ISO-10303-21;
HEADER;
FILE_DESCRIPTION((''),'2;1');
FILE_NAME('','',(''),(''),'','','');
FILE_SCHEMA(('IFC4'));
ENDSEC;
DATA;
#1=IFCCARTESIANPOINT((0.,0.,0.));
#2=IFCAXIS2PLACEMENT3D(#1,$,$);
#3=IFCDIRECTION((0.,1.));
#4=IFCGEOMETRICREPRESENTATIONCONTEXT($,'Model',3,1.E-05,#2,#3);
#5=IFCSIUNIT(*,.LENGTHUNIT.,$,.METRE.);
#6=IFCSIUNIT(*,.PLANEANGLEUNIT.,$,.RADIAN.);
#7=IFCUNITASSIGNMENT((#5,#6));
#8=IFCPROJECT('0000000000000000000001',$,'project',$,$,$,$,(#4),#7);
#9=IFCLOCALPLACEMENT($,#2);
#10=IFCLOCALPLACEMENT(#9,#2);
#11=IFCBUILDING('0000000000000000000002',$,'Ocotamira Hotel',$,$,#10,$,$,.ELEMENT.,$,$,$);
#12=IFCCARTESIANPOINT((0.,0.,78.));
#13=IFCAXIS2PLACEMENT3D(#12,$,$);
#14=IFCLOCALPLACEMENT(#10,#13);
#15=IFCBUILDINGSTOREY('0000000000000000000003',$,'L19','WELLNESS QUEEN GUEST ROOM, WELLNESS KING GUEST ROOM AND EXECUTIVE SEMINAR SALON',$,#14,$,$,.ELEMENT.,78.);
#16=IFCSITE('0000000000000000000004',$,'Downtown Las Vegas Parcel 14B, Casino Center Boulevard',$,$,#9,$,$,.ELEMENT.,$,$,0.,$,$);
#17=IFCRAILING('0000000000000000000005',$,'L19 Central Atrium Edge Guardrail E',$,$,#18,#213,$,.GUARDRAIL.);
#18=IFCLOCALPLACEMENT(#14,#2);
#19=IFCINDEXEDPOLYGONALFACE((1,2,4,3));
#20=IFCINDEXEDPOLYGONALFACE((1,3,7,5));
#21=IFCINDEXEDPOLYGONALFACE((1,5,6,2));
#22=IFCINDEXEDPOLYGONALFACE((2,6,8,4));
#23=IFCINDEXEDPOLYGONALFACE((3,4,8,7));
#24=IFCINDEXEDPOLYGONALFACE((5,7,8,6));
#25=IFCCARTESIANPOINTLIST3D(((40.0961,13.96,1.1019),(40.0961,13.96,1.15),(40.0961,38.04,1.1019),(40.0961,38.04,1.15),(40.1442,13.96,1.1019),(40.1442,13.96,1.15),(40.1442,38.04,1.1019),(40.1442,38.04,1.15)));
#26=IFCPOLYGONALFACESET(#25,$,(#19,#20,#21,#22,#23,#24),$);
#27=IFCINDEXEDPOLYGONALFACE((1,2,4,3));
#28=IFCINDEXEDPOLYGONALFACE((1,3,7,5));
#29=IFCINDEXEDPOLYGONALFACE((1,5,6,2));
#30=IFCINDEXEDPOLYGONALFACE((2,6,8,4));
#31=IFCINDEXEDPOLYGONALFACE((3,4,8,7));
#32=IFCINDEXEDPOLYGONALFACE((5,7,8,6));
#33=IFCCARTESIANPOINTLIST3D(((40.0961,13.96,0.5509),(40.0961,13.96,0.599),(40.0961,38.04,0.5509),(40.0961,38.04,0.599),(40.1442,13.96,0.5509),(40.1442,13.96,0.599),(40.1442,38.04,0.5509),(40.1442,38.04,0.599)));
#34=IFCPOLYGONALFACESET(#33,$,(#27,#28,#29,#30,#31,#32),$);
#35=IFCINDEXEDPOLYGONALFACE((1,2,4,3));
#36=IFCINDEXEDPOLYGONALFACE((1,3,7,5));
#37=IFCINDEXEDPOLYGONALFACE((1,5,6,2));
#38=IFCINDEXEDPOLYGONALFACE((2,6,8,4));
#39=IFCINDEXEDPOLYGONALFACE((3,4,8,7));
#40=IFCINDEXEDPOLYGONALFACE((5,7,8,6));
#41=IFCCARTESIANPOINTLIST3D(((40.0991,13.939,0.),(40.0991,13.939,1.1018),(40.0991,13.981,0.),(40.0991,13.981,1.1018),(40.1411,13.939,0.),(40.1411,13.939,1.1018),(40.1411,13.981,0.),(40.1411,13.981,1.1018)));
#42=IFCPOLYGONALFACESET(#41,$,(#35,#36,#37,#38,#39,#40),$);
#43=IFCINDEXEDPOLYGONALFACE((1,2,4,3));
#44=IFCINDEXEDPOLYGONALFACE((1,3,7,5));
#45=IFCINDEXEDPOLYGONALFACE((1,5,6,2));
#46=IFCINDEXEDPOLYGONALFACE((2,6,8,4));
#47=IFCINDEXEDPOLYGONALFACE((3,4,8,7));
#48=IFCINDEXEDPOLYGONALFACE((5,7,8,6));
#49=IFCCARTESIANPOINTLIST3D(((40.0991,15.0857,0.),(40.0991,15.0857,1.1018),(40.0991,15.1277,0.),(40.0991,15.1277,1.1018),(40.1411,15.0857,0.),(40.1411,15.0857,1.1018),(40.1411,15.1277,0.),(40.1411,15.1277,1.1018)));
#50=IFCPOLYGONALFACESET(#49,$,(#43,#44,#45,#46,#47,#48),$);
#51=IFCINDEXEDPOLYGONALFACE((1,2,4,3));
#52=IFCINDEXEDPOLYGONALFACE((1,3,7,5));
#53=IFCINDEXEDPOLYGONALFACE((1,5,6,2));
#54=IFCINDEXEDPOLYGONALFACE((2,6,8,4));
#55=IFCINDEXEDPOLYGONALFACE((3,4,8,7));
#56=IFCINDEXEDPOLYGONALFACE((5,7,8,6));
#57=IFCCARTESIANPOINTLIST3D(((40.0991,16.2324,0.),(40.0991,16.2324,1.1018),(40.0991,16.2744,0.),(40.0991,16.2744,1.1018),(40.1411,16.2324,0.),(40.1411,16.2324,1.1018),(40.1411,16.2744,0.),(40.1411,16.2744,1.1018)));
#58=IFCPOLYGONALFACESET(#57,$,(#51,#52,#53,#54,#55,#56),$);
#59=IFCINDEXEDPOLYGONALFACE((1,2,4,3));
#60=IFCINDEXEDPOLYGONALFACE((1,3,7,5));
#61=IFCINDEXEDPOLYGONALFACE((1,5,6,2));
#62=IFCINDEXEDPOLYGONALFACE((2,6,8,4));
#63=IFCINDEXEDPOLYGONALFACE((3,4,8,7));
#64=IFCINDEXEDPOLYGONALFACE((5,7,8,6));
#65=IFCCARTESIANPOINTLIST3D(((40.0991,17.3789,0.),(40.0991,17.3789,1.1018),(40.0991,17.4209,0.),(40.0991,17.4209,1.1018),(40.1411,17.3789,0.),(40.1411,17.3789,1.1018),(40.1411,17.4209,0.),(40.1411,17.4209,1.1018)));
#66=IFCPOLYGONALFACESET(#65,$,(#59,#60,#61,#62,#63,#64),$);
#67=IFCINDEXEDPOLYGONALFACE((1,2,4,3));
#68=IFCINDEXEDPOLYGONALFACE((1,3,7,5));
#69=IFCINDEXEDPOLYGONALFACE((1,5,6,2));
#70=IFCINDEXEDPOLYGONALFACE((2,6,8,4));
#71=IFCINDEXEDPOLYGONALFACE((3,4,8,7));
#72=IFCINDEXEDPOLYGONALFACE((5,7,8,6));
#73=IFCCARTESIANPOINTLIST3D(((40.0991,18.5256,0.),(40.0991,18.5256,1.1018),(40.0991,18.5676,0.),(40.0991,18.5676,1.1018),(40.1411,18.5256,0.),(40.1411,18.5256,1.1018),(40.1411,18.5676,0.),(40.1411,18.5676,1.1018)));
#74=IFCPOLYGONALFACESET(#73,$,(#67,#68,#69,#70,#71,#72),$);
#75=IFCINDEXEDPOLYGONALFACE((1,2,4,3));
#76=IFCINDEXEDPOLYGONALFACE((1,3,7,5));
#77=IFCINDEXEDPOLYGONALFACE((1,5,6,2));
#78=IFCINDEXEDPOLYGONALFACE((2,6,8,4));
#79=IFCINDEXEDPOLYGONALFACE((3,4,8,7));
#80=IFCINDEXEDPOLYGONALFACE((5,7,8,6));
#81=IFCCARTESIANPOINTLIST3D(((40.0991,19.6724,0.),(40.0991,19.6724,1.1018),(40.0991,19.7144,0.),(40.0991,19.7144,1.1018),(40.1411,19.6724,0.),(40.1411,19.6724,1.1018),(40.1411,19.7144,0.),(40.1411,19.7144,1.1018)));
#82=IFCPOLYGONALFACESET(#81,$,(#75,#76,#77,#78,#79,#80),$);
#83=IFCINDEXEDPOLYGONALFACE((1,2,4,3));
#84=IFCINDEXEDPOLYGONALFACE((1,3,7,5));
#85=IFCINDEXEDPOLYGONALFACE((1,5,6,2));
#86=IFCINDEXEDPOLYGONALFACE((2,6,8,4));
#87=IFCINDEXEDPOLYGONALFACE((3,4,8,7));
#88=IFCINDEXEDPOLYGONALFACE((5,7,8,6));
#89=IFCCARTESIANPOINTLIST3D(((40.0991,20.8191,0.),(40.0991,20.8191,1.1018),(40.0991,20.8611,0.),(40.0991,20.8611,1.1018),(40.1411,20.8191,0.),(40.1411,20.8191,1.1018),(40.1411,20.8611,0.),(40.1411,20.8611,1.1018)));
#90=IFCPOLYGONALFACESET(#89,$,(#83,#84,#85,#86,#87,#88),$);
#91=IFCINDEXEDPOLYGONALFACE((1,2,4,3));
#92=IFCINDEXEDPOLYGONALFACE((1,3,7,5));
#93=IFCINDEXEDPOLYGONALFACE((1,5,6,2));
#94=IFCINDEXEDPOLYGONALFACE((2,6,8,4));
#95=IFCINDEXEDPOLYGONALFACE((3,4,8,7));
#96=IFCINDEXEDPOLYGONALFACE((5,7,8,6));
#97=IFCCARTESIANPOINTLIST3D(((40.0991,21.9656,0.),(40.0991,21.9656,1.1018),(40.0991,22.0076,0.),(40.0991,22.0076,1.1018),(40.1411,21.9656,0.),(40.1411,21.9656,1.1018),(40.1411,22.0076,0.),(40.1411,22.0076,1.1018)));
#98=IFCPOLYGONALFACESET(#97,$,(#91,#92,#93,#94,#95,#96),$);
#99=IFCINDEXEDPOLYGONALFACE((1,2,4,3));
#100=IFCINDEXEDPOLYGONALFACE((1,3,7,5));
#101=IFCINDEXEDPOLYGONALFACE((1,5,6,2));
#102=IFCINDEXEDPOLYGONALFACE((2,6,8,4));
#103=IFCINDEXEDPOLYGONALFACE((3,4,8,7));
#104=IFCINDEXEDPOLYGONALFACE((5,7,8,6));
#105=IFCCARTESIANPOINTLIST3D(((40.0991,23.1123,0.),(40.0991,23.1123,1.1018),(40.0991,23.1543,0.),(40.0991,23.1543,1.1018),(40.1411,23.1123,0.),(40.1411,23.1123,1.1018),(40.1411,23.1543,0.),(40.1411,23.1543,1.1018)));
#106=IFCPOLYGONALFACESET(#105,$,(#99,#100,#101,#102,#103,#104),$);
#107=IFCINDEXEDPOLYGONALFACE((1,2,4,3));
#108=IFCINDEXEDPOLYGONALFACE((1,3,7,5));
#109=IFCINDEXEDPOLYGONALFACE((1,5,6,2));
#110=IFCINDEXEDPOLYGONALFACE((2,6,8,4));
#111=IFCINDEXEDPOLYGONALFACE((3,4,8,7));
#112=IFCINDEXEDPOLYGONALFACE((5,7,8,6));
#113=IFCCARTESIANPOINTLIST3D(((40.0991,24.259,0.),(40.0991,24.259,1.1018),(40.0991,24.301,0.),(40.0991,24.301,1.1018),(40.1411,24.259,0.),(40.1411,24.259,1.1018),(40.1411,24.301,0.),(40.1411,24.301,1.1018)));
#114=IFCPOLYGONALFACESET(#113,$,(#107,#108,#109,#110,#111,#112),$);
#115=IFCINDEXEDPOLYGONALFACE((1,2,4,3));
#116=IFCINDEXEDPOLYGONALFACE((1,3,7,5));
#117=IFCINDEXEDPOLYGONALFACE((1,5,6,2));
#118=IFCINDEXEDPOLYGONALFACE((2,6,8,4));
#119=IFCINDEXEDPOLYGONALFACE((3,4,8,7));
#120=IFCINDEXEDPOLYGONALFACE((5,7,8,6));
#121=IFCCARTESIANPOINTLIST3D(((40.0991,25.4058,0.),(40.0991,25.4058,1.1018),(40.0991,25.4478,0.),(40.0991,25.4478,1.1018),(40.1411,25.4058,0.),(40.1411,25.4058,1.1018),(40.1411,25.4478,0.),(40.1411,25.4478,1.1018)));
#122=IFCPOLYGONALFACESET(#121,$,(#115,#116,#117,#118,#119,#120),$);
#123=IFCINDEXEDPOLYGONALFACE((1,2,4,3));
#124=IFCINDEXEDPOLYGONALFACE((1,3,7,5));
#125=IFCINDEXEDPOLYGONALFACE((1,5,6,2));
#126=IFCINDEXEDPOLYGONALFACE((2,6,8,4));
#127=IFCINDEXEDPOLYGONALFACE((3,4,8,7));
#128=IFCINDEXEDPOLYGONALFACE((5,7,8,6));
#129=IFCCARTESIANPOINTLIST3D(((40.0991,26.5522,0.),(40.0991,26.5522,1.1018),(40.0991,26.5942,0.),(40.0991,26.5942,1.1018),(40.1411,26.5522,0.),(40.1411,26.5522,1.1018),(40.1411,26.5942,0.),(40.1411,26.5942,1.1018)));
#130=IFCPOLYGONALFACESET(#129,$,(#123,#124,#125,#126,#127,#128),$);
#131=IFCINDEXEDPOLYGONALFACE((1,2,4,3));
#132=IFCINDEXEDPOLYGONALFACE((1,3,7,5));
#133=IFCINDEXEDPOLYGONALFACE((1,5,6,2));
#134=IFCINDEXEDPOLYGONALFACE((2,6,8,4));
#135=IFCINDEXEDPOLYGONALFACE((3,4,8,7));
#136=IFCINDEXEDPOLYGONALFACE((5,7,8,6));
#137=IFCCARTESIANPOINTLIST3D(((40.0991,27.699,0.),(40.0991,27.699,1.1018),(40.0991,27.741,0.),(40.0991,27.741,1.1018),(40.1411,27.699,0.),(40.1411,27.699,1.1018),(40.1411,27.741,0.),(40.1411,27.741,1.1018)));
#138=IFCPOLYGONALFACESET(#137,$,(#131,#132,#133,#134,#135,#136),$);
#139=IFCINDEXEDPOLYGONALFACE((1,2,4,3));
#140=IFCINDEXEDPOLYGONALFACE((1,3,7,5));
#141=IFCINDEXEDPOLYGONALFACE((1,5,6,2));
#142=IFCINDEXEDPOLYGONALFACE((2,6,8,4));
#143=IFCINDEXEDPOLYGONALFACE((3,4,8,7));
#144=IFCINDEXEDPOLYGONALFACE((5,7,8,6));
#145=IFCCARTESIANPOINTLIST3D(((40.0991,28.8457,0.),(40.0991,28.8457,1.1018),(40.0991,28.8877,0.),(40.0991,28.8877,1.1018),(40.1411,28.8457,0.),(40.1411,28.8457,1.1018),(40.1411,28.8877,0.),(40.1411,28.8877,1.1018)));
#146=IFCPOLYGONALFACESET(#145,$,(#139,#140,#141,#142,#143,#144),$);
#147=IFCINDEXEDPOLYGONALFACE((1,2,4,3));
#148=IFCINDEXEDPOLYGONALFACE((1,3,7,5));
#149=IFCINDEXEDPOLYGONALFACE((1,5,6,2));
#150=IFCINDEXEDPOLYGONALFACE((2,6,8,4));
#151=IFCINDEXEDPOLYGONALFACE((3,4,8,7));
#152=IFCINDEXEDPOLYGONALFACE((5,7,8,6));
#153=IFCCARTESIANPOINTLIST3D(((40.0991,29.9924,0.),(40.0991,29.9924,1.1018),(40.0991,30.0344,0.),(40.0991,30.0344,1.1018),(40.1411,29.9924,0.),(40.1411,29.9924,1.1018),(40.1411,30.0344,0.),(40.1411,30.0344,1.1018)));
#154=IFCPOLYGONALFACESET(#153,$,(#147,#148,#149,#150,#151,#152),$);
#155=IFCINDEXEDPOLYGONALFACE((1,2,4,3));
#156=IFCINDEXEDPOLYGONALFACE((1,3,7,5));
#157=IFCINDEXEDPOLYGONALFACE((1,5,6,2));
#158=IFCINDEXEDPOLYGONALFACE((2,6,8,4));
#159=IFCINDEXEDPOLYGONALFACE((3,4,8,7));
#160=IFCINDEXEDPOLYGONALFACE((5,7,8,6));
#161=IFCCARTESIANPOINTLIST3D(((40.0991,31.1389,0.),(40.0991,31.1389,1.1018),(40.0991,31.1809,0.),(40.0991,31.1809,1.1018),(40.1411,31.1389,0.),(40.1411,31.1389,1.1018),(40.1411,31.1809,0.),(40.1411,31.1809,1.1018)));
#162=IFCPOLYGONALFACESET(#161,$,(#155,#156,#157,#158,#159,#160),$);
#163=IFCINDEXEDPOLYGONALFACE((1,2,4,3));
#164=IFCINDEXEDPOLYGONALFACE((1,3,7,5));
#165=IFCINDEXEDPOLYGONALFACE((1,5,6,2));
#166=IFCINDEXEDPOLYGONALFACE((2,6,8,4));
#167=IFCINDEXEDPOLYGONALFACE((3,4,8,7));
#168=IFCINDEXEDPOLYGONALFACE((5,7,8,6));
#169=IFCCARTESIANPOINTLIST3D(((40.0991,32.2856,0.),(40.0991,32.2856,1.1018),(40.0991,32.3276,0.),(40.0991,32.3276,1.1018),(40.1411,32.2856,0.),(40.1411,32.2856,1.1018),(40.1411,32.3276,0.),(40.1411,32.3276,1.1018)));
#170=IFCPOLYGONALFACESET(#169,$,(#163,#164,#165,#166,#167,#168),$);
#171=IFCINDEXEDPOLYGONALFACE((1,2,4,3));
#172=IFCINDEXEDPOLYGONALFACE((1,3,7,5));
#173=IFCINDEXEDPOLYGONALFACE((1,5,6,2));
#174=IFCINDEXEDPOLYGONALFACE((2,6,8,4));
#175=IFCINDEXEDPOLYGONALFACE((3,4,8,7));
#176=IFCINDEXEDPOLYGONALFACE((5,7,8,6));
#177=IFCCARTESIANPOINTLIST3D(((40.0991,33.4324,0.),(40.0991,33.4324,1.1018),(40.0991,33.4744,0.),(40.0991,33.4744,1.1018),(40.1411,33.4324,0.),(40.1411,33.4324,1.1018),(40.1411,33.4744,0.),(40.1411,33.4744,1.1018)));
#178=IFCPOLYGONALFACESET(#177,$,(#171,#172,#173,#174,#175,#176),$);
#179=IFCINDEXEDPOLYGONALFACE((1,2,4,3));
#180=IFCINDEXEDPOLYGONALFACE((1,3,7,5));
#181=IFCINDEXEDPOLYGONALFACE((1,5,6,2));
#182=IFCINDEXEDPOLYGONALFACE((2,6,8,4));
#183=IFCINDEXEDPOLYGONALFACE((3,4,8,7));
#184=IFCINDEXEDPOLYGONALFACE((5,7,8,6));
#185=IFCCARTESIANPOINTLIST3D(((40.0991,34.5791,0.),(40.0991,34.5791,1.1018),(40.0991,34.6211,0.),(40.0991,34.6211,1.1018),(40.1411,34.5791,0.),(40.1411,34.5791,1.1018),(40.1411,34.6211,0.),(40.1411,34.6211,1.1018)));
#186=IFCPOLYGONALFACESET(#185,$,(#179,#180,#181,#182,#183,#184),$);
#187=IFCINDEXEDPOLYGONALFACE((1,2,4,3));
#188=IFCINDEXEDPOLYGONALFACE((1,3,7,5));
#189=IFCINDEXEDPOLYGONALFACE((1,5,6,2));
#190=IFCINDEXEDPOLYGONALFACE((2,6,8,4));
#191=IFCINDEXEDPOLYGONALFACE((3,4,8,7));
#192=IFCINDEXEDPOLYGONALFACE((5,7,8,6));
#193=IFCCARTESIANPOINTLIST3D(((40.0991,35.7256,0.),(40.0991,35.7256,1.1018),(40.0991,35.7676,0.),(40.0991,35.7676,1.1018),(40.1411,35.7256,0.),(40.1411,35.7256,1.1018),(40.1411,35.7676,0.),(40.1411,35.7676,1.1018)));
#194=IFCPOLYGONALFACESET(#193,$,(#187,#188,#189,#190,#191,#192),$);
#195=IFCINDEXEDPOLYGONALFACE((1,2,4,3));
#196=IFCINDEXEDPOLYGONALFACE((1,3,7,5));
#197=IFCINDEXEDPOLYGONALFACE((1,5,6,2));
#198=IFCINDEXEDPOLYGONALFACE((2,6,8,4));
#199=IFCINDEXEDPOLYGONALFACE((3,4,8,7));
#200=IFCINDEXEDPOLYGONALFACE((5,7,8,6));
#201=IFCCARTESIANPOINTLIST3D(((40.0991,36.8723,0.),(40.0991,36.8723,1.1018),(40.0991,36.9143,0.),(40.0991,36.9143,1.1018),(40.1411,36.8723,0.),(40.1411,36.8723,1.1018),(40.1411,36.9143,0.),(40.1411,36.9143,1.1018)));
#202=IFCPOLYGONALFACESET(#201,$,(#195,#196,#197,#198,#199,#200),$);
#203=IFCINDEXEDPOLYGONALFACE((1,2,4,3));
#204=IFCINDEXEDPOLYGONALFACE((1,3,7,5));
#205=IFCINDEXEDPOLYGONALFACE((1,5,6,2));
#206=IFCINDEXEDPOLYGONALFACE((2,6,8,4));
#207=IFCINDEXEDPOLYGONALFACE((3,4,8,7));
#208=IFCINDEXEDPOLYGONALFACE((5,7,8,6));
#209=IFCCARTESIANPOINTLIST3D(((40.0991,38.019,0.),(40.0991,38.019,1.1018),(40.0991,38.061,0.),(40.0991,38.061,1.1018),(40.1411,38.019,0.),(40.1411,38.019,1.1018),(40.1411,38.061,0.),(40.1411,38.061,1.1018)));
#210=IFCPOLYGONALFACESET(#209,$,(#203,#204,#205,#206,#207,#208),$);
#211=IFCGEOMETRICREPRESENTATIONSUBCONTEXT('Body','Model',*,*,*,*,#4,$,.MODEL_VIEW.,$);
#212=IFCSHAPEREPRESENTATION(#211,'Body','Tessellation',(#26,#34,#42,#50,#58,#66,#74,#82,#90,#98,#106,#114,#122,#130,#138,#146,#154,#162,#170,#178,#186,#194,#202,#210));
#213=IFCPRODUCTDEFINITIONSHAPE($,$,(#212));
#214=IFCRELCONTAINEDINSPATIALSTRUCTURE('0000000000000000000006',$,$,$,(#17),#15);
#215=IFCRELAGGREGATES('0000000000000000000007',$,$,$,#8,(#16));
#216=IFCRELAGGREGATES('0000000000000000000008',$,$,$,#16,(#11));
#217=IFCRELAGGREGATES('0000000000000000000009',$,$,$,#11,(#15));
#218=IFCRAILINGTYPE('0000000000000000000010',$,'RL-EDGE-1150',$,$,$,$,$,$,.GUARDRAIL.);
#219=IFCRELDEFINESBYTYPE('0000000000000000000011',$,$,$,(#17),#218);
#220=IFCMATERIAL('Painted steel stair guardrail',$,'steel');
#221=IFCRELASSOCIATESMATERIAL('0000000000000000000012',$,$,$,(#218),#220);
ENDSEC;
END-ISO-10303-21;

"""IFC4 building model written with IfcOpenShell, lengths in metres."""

from ifc_helpers import new_model, si_unit, direction, frame, origin, origin_2d, place, context, subcontext, project, spatial, rectangle, extrude, material, type_object, element, save


model = new_model("IFC4")

# Units and contexts
model_context = context("Model", 3, precision=1e-05, world=origin(), true_north=direction((0.0, 1.0)))
body_context = subcontext(model_context, "Body", "Model", "MODEL_VIEW")
ifc_project = project(units=[si_unit("LENGTHUNIT", "METRE"), si_unit("PLANEANGLEUNIT", "RADIAN")], contexts=[model_context])

# Site, building, storey
site_placement = place(None, origin())
site = spatial("IfcSite", under=ifc_project, at=site_placement, Name="Downtown Las Vegas Parcel 14B, Casino Center Boulevard", CompositionType="ELEMENT", RefElevation=0.0)
building_placement = place(site_placement, origin())
building = spatial("IfcBuilding", under=site, at=building_placement, Name="Ocotamira Hotel", CompositionType="ELEMENT")
storey_placement = place(building_placement, frame((0.0, 0.0, 78.0)))
storey = spatial("IfcBuildingStorey", under=building, at=storey_placement, Name="L19", Description="WELLNESS QUEEN GUEST ROOM, WELLNESS KING GUEST ROOM AND EXECUTIVE SEMINAR SALON", CompositionType="ELEMENT", Elevation=78.0)

# Railing
ifc_material_1 = material(Name="Painted steel stair guardrail", Category="steel")
railing_type = type_object("IfcRailingType", Name="RL-EDGE-1150", PredefinedType="GUARDRAIL", material=ifc_material_1)
railing_placement = place(storey_placement, frame((40.1201, 13.96, 0.0)))
element("IfcRailing", 1, at=railing_placement, inside=storey, type_object=railing_type, Name="L19 Central Atrium Edge Guardrail E", PredefinedType="GUARDRAIL", context=body_context, shape_type="SweptSolid", body=[
    extrude(rectangle(XDim=0.0481, YDim=0.0481, at=origin_2d()), frame((0.0, 0.0, 1.126), z_axis=(0.0, 1.0, 0.0), x_axis=(-1.0, 0.0, 0.0)), (0.0, 0.0, 1.0), 24.0801),
    extrude(rectangle(XDim=0.0481, YDim=0.0481, at=origin_2d()), frame((0.0, 0.0, 0.575), z_axis=(0.0, 1.0, 0.0), x_axis=(-1.0, 0.0, 0.0)), (0.0, 0.0, 1.0), 24.0801),
    extrude(rectangle(XDim=0.042, YDim=0.042, at=origin_2d()), origin(), (0.0, 0.0, 1.0), 1.1018),
    extrude(rectangle(XDim=0.042, YDim=0.042, at=origin_2d()), frame((0.0, 1.1467, 0.0)), (0.0, 0.0, 1.0), 1.1018),
    extrude(rectangle(XDim=0.042, YDim=0.042, at=origin_2d()), frame((0.0, 2.2935, 0.0)), (0.0, 0.0, 1.0), 1.1018),
    extrude(rectangle(XDim=0.042, YDim=0.042, at=origin_2d()), frame((0.0, 3.4399, 0.0)), (0.0, 0.0, 1.0), 1.1018),
    extrude(rectangle(XDim=0.042, YDim=0.042, at=origin_2d()), frame((0.0, 4.5867, 0.0)), (0.0, 0.0, 1.0), 1.1018),
    extrude(rectangle(XDim=0.042, YDim=0.042, at=origin_2d()), frame((0.0, 5.7334, 0.0)), (0.0, 0.0, 1.0), 1.1018),
    extrude(rectangle(XDim=0.042, YDim=0.042, at=origin_2d()), frame((0.0, 6.8801, 0.0)), (0.0, 0.0, 1.0), 1.1018),
    extrude(rectangle(XDim=0.042, YDim=0.042, at=origin_2d()), frame((0.0, 8.0266, 0.0)), (0.0, 0.0, 1.0), 1.1018),
    extrude(rectangle(XDim=0.042, YDim=0.042, at=origin_2d()), frame((0.0, 9.1733, 0.0)), (0.0, 0.0, 1.0), 1.1018),
    extrude(rectangle(XDim=0.042, YDim=0.042, at=origin_2d()), frame((0.0, 10.3201, 0.0)), (0.0, 0.0, 1.0), 1.1018),
    extrude(rectangle(XDim=0.042, YDim=0.042, at=origin_2d()), frame((0.0, 11.4668, 0.0)), (0.0, 0.0, 1.0), 1.1018),
    extrude(rectangle(XDim=0.042, YDim=0.042, at=origin_2d()), frame((0.0, 12.6133, 0.0)), (0.0, 0.0, 1.0), 1.1018),
    extrude(rectangle(XDim=0.042, YDim=0.042, at=origin_2d()), frame((0.0, 13.76, 0.0)), (0.0, 0.0, 1.0), 1.1018),
    extrude(rectangle(XDim=0.042, YDim=0.042, at=origin_2d()), frame((0.0, 14.9067, 0.0)), (0.0, 0.0, 1.0), 1.1018),
    extrude(rectangle(XDim=0.042, YDim=0.042, at=origin_2d()), frame((0.0, 16.0535, 0.0)), (0.0, 0.0, 1.0), 1.1018),
    extrude(rectangle(XDim=0.042, YDim=0.042, at=origin_2d()), frame((0.0, 17.2, 0.0)), (0.0, 0.0, 1.0), 1.1018),
    extrude(rectangle(XDim=0.042, YDim=0.042, at=origin_2d()), frame((0.0, 18.3467, 0.0)), (0.0, 0.0, 1.0), 1.1018),
    extrude(rectangle(XDim=0.042, YDim=0.042, at=origin_2d()), frame((0.0, 19.4934, 0.0)), (0.0, 0.0, 1.0), 1.1018),
    extrude(rectangle(XDim=0.042, YDim=0.042, at=origin_2d()), frame((0.0, 20.6401, 0.0)), (0.0, 0.0, 1.0), 1.1018),
    extrude(rectangle(XDim=0.042, YDim=0.042, at=origin_2d()), frame((0.0, 21.7866, 0.0)), (0.0, 0.0, 1.0), 1.1018),
    extrude(rectangle(XDim=0.042, YDim=0.042, at=origin_2d()), frame((0.0, 22.9333, 0.0)), (0.0, 0.0, 1.0), 1.1018),
    extrude(rectangle(XDim=0.042, YDim=0.042, at=origin_2d()), frame((0.0, 24.0801, 0.0)), (0.0, 0.0, 1.0), 1.1018),
])

save(model, "model.ifc")
